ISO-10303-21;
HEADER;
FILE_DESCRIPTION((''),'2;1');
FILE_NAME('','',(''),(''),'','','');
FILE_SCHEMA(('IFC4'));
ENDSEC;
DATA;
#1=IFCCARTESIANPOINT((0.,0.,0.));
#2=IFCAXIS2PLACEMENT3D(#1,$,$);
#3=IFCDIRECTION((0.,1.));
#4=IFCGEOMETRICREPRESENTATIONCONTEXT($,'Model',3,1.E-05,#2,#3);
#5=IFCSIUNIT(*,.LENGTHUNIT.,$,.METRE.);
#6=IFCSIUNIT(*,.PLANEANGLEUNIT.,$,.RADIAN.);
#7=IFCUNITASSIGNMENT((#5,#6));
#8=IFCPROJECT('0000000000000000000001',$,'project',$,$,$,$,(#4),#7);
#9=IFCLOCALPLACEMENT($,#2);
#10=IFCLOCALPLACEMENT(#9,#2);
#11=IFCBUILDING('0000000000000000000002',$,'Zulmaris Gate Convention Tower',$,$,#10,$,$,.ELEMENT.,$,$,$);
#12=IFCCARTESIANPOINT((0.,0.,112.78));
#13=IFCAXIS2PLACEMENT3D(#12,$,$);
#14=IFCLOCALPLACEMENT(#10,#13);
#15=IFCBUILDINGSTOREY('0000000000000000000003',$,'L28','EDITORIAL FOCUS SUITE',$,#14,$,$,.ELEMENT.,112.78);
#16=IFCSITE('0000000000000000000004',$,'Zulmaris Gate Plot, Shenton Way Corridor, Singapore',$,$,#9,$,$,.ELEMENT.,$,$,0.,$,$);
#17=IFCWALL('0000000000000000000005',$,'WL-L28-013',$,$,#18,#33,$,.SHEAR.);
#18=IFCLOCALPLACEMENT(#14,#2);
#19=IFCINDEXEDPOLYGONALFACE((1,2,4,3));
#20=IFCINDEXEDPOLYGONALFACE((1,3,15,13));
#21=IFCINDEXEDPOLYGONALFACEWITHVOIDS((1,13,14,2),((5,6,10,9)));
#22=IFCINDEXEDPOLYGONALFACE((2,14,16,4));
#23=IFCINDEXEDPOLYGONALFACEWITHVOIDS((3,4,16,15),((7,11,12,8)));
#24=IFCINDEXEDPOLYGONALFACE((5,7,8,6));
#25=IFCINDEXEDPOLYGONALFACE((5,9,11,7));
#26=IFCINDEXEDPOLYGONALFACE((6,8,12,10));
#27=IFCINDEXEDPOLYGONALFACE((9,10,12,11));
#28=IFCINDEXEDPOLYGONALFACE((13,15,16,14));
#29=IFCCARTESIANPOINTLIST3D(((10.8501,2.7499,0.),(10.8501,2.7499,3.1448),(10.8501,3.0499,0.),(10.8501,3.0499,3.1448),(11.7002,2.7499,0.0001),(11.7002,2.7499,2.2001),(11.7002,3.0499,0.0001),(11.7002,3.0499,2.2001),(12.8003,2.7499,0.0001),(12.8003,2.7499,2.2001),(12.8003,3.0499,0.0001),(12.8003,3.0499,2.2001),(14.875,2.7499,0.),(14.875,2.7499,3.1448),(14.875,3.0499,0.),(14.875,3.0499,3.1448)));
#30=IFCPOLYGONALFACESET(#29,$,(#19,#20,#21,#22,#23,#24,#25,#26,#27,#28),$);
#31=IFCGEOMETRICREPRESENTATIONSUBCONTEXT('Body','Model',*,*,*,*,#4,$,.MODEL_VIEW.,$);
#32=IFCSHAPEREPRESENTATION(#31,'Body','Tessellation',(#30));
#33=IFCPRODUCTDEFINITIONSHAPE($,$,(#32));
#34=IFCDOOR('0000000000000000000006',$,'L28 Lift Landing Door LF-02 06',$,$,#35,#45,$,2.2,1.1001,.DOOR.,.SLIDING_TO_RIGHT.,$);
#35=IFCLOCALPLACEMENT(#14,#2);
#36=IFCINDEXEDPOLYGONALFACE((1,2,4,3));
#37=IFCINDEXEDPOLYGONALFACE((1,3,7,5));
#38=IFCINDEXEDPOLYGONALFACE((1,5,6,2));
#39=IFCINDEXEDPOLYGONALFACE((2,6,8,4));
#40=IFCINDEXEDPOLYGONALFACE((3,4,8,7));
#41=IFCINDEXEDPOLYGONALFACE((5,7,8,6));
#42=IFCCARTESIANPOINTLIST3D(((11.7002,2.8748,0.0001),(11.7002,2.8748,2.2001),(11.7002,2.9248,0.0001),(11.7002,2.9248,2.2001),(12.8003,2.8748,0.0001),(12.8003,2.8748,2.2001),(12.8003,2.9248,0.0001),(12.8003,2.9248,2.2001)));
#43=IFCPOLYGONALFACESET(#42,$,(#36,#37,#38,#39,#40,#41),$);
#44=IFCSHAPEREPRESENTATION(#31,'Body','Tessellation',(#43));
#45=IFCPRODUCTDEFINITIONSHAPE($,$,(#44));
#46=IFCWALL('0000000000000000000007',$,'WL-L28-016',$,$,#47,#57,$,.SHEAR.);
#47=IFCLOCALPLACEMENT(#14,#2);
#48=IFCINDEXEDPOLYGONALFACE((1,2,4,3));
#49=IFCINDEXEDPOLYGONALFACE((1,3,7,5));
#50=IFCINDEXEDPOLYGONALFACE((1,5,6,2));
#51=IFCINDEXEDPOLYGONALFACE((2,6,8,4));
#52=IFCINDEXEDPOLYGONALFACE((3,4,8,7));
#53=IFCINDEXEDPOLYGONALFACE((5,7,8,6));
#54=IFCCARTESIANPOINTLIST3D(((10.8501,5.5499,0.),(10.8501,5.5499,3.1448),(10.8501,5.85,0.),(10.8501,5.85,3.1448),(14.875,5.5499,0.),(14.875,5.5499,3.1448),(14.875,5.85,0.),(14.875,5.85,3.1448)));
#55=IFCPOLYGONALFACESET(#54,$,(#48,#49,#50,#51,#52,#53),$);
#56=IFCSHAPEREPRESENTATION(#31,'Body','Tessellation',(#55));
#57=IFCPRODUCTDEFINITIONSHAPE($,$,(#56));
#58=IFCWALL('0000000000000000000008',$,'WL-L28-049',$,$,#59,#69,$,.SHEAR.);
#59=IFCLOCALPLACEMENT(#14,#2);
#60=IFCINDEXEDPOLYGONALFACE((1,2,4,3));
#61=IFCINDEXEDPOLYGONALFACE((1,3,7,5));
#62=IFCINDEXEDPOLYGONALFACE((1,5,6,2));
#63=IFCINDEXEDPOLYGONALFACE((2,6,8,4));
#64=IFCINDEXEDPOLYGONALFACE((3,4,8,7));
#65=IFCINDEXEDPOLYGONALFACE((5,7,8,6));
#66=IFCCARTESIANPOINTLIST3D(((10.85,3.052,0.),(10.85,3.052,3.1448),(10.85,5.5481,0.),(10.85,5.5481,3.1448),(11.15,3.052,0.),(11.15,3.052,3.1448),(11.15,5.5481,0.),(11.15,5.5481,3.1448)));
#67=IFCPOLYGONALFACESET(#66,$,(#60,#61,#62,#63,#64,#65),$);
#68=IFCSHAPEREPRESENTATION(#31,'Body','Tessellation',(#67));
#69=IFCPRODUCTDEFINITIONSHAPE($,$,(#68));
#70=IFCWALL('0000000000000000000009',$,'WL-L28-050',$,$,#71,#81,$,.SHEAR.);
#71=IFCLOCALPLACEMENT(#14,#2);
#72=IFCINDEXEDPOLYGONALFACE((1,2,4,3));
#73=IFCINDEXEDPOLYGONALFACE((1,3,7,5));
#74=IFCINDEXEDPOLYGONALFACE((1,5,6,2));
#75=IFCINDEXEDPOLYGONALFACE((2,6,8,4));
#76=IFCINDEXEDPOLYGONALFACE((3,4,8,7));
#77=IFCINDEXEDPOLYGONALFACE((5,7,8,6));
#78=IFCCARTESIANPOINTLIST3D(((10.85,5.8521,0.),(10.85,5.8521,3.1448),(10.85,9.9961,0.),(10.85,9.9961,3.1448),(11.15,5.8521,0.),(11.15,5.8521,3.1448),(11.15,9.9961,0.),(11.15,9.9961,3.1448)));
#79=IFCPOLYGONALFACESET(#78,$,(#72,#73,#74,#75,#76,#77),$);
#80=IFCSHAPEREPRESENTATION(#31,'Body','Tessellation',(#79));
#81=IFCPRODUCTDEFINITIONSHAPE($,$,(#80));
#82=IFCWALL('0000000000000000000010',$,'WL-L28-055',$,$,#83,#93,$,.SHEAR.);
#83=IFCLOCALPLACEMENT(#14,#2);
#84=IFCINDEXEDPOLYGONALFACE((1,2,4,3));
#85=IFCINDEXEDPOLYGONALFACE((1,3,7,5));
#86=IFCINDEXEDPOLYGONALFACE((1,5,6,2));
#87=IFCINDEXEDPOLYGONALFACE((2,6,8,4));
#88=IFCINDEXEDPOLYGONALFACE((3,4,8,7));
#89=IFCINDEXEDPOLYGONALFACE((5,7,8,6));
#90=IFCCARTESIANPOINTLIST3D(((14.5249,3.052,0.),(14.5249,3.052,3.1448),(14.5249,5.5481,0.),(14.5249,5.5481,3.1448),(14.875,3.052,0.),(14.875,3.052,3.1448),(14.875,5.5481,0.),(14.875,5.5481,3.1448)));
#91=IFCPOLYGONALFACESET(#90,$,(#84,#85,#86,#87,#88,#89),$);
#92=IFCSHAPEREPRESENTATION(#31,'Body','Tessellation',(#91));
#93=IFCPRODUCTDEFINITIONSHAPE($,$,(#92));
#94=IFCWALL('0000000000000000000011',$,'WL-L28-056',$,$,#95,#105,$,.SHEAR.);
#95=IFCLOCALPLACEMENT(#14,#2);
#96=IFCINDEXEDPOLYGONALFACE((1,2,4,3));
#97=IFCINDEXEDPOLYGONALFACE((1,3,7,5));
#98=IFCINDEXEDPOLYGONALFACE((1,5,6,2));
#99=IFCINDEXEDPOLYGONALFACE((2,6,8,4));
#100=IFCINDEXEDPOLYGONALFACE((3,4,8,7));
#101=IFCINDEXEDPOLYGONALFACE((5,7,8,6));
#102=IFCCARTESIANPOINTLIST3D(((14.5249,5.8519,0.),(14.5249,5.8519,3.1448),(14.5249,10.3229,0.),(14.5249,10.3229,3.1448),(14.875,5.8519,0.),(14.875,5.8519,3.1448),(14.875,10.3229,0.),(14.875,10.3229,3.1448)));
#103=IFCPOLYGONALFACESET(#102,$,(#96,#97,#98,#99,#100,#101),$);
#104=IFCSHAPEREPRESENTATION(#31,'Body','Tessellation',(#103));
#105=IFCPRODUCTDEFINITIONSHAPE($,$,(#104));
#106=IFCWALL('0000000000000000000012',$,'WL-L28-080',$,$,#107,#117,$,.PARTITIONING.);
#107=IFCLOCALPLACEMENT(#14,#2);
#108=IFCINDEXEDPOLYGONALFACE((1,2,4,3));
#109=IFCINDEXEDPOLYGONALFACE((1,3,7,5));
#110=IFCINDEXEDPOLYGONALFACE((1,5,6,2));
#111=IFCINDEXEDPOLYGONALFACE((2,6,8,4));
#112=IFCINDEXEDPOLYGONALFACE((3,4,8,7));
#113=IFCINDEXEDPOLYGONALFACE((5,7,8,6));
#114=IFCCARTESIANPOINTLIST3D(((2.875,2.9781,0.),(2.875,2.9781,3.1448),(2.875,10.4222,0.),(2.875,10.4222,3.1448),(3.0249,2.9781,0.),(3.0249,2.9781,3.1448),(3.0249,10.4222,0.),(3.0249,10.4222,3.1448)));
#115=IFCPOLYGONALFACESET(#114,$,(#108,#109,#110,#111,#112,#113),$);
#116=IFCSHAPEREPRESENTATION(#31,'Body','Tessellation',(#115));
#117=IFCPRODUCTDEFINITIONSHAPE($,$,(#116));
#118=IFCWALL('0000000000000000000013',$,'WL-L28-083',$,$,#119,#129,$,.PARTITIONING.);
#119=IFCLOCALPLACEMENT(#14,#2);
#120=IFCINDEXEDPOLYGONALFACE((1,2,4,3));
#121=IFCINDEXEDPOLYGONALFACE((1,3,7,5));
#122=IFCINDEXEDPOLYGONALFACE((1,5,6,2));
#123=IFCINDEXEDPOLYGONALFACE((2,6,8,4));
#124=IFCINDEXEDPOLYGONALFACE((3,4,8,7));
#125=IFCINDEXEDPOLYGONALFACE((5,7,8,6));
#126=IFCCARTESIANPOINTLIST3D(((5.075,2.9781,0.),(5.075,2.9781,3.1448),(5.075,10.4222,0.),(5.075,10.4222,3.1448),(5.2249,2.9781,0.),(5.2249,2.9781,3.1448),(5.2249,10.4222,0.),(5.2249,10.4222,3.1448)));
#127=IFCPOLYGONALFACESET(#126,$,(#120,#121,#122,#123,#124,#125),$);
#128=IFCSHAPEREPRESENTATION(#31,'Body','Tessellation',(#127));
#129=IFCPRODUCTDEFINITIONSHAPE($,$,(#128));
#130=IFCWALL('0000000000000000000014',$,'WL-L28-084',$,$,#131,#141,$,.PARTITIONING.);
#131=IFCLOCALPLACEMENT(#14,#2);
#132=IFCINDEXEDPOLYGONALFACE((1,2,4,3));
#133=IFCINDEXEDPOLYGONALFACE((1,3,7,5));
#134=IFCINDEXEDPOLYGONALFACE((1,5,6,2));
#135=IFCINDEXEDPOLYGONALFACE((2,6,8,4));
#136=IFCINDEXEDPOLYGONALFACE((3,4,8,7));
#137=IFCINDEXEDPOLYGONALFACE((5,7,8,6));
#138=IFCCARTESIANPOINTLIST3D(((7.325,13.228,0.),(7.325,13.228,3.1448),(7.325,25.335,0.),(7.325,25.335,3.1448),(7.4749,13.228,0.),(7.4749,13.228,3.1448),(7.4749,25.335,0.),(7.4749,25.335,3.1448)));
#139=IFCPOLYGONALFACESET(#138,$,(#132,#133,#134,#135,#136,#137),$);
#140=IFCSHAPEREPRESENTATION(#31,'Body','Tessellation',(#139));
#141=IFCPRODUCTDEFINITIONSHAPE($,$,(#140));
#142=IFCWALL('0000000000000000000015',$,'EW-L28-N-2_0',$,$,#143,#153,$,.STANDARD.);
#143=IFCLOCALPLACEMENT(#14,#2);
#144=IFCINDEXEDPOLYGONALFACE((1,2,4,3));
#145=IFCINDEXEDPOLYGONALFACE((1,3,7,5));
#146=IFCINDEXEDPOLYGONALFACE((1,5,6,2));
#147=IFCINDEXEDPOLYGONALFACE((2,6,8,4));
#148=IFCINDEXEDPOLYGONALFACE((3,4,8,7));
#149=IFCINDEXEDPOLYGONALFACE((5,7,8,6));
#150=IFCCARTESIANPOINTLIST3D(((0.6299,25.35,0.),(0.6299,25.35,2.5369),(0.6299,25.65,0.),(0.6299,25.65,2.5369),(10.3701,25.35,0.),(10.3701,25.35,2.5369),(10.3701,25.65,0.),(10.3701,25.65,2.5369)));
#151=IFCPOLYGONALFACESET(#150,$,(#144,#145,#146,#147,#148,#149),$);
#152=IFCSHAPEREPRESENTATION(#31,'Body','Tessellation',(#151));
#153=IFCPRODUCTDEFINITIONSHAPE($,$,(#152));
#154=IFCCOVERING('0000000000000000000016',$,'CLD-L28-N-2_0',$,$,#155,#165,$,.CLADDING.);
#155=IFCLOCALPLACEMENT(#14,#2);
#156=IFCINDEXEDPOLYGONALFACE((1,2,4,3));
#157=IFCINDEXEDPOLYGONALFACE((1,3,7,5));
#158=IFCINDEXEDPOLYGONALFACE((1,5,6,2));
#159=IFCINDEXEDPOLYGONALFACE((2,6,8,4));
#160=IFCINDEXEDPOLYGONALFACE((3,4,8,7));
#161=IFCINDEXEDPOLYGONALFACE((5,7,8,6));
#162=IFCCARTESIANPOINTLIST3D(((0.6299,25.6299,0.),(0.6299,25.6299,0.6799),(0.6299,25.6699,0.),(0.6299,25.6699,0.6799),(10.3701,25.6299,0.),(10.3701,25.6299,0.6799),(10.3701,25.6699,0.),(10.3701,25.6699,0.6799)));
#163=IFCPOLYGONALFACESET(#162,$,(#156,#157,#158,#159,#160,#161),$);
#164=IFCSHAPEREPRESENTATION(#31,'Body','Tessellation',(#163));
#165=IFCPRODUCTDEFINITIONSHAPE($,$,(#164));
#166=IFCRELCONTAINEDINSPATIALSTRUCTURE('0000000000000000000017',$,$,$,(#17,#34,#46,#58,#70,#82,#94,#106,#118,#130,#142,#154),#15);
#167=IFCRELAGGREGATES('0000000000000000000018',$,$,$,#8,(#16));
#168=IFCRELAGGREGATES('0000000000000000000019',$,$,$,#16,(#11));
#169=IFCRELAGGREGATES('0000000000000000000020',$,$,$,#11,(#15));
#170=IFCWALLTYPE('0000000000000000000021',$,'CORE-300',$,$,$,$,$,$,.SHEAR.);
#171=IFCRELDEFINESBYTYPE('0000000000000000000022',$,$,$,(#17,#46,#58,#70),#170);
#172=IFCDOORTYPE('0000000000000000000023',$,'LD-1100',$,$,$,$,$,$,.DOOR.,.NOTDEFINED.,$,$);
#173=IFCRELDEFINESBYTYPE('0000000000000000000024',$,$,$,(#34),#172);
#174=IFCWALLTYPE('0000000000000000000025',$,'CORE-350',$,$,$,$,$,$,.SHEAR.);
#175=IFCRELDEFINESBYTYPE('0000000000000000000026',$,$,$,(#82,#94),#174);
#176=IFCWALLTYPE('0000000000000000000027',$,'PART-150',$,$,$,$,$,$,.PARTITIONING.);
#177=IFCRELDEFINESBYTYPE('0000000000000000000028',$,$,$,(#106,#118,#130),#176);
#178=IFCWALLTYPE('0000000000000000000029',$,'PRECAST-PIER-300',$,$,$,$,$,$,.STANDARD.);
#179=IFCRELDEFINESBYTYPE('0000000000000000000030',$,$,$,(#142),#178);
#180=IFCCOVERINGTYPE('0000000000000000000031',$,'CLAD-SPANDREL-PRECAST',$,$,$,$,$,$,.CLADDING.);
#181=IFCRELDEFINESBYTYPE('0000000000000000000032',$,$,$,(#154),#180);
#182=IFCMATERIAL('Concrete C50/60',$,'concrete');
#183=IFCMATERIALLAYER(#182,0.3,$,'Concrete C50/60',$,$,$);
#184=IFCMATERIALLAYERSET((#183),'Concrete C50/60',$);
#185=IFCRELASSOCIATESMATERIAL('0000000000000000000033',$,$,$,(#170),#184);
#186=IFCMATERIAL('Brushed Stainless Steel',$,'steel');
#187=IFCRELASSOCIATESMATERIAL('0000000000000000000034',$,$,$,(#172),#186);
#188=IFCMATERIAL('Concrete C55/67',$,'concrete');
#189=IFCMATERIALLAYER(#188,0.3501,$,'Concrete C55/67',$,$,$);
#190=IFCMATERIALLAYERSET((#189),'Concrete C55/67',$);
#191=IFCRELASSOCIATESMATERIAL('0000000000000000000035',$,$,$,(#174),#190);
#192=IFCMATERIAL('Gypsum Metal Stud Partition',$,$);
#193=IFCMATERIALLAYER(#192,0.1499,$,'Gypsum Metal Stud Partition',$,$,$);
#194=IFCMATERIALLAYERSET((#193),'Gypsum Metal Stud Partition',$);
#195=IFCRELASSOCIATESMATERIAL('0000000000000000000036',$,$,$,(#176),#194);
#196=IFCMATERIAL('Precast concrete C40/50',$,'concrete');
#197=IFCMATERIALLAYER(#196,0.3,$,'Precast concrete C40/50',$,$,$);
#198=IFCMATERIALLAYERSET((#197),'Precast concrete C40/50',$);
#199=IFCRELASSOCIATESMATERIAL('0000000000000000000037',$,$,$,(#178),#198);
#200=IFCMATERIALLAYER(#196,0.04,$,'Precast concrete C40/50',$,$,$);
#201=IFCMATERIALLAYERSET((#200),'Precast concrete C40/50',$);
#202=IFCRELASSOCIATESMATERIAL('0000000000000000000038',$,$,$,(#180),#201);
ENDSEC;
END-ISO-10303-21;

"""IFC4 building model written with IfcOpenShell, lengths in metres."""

from ifc_helpers import new_model, si_unit, direction, frame, frame_2d, origin, place, context, subcontext, project, spatial, rectangle, extrude, material, layer, layer_set, type_object, element, fill, save


model = new_model("IFC4")

# Units and contexts
model_context = context("Model", 3, precision=1e-05, world=origin(), true_north=direction((0.0, 1.0)))
body_context = subcontext(model_context, "Body", "Model", "MODEL_VIEW")
ifc_project = project(units=[si_unit("LENGTHUNIT", "METRE"), si_unit("PLANEANGLEUNIT", "RADIAN")], contexts=[model_context])

# Site, building, storey
site_placement = place(None, origin())
site = spatial("IfcSite", under=ifc_project, at=site_placement, Name="Zulmaris Gate Plot, Shenton Way Corridor, Singapore", CompositionType="ELEMENT", RefElevation=0.0)
building_placement = place(site_placement, origin())
building = spatial("IfcBuilding", under=site, at=building_placement, Name="Zulmaris Gate Convention Tower", CompositionType="ELEMENT")
storey_placement = place(building_placement, frame((0.0, 0.0, 112.78)))
storey = spatial("IfcBuildingStorey", under=building, at=storey_placement, Name="L28", Description="EDITORIAL FOCUS SUITE", CompositionType="ELEMENT", Elevation=112.78)

# Shared definitions
ifc_material_1 = material(Name="Concrete C50/60", Category="concrete")

# Wall, opening, door
ifc_layer_1 = layer(ifc_material_1, 0.3, Name="Concrete C50/60")
ifc_layer_set_1 = layer_set([ifc_layer_1], Name="Concrete C50/60")
wall_type_1 = type_object("IfcWallType", Name="CORE-300", PredefinedType="SHEAR", material=ifc_layer_set_1)
wall_1_placement = place(storey_placement, frame((10.8501, 2.8999, 0.0), z_axis=(0.0, 0.0, 1.0), x_axis=(1.0, 0.0, 0.0)))
wall_1 = element("IfcWall", 1, at=wall_1_placement, inside=storey, type_object=wall_type_1, Name="WL-L28-013", PredefinedType="SHEAR", context=body_context, shape_type="SweptSolid", body=[
    extrude(rectangle(XDim=4.0249, YDim=0.3, at=frame_2d((2.0125, 0.0))), origin(), (0.0, 0.0, 1.0), 3.1448),
])
opening_1_placement = place(wall_1_placement, frame((0.8501, 0.0, 0.0)))
opening_1 = element("IfcOpeningElement", 2, at=opening_1_placement, cuts=wall_1, PredefinedType="OPENING", context=body_context, shape_type="SweptSolid", body=[
    extrude(rectangle(XDim=1.1001, YDim=2.2, at=frame_2d((0.55, 1.1001))), frame((0.0, 0.1602, 0.0), z_axis=(0.0, -1.0, 0.0), x_axis=(1.0, 0.0, 0.0)), (0.0, 0.0, 1.0), 0.3201),
])
ifc_material_2 = material(Name="Brushed Stainless Steel", Category="steel")
door_type_1 = type_object("IfcDoorType", Name="LD-1100", OperationType="NOTDEFINED", PredefinedType="DOOR", material=ifc_material_2)
door_1_placement = place(opening_1_placement, origin())
door_1 = element("IfcDoor", 3, at=door_1_placement, inside=storey, type_object=door_type_1, Name="L28 Lift Landing Door LF-02 06", OperationType="SLIDING_TO_RIGHT", OverallHeight=2.2, OverallWidth=1.1001, PredefinedType="DOOR", context=body_context, shape_type="SweptSolid", body=[
    extrude(rectangle(XDim=1.1001, YDim=2.2, at=frame_2d((0.55, 1.1001))), frame((0.0, 0.0249, 0.0), z_axis=(0.0, -1.0, 0.0), x_axis=(1.0, 0.0, 0.0)), (0.0, 0.0, 1.0), 0.05),
])
fill(opening_1, door_1)

# Wall
wall_2_placement = place(storey_placement, frame((10.8501, 5.7, 0.0), z_axis=(0.0, 0.0, 1.0), x_axis=(1.0, 0.0, 0.0)))
element("IfcWall", 4, at=wall_2_placement, inside=storey, type_object=wall_type_1, Name="WL-L28-016", PredefinedType="SHEAR", context=body_context, shape_type="SweptSolid", body=[
    extrude(rectangle(XDim=4.0249, YDim=0.3, at=frame_2d((2.0125, 0.0))), origin(), (0.0, 0.0, 1.0), 3.1448),
])

# Walls
wall_3_placement = place(storey_placement, frame((11.0, 3.052, 0.0), z_axis=(0.0, 0.0, 1.0), x_axis=(0.0, 1.0, 0.0)))
element("IfcWall", 5, at=wall_3_placement, inside=storey, type_object=wall_type_1, Name="WL-L28-049", PredefinedType="SHEAR", context=body_context, shape_type="SweptSolid", body=[
    extrude(rectangle(XDim=2.4961, YDim=0.3, at=frame_2d((1.248, 0.0))), origin(), (0.0, 0.0, 1.0), 3.1448),
])
wall_4_placement = place(storey_placement, frame((11.0, 5.8521, 0.0), z_axis=(0.0, 0.0, 1.0), x_axis=(0.0, 1.0, 0.0)))
element("IfcWall", 6, at=wall_4_placement, inside=storey, type_object=wall_type_1, Name="WL-L28-050", PredefinedType="SHEAR", context=body_context, shape_type="SweptSolid", body=[
    extrude(rectangle(XDim=4.144, YDim=0.3, at=frame_2d((2.072, 0.0))), origin(), (0.0, 0.0, 1.0), 3.1448),
])
ifc_material_3 = material(Name="Concrete C55/67", Category="concrete")
ifc_layer_2 = layer(ifc_material_3, 0.3501, Name="Concrete C55/67")
ifc_layer_set_2 = layer_set([ifc_layer_2], Name="Concrete C55/67")
wall_type_2 = type_object("IfcWallType", Name="CORE-350", PredefinedType="SHEAR", material=ifc_layer_set_2)
wall_5_placement = place(storey_placement, frame((14.7, 3.052, 0.0), z_axis=(0.0, 0.0, 1.0), x_axis=(0.0, 1.0, 0.0)))
element("IfcWall", 7, at=wall_5_placement, inside=storey, type_object=wall_type_2, Name="WL-L28-055", PredefinedType="SHEAR", context=body_context, shape_type="SweptSolid", body=[
    extrude(rectangle(XDim=2.4961, YDim=0.3501, at=frame_2d((1.248, 0.0))), origin(), (0.0, 0.0, 1.0), 3.1448),
])
wall_6_placement = place(storey_placement, frame((14.7, 5.8521, 0.0), z_axis=(0.0, 0.0, 1.0), x_axis=(0.0, 1.0, 0.0)))
element("IfcWall", 8, at=wall_6_placement, inside=storey, type_object=wall_type_2, Name="WL-L28-056", PredefinedType="SHEAR", context=body_context, shape_type="SweptSolid", body=[
    extrude(rectangle(XDim=4.4709, YDim=0.3501, at=frame_2d((2.2354, 0.0))), origin(), (0.0, 0.0, 1.0), 3.1448),
])
ifc_material_4 = material(Name="Gypsum Metal Stud Partition")
ifc_layer_3 = layer(ifc_material_4, 0.1499, Name="Gypsum Metal Stud Partition")
ifc_layer_set_3 = layer_set([ifc_layer_3], Name="Gypsum Metal Stud Partition")
wall_type_3 = type_object("IfcWallType", Name="PART-150", PredefinedType="PARTITIONING", material=ifc_layer_set_3)
for number, where, z_axis, x_axis, name in (
    (9, (2.95, 2.978, 0.0), (0.0, 0.0, 1.0), (0.0, 1.0, 0.0), "WL-L28-080"),
    (10, (5.1499, 2.978, 0.0), (0.0, 0.0, 1.0), (0.0, 1.0, 0.0), "WL-L28-083"),
):
    element("IfcWall", number, at=place(storey_placement, frame(where, z_axis=z_axis, x_axis=x_axis)), inside=storey, type_object=wall_type_3, Name=name, PredefinedType="PARTITIONING", context=body_context, shape_type="SweptSolid", body=[
        extrude(rectangle(XDim=7.4441, YDim=0.1499, at=frame_2d((3.7222, 0.0))), origin(), (0.0, 0.0, 1.0), 3.1448),
    ])
wall_7_placement = place(storey_placement, frame((7.3999, 13.228, 0.0), z_axis=(0.0, 0.0, 1.0), x_axis=(0.0, 1.0, 0.0)))
element("IfcWall", 11, at=wall_7_placement, inside=storey, type_object=wall_type_3, Name="WL-L28-084", PredefinedType="PARTITIONING", context=body_context, shape_type="SweptSolid", body=[
    extrude(rectangle(XDim=12.1069, YDim=0.1499, at=frame_2d((6.0535, 0.0))), origin(), (0.0, 0.0, 1.0), 3.1448),
])

# Wall
ifc_material_5 = material(Name="Precast concrete C40/50", Category="concrete")
ifc_layer_4 = layer(ifc_material_5, 0.3, Name="Precast concrete C40/50")
ifc_layer_set_4 = layer_set([ifc_layer_4], Name="Precast concrete C40/50")
wall_type_4 = type_object("IfcWallType", Name="PRECAST-PIER-300", PredefinedType="STANDARD", material=ifc_layer_set_4)
wall_8_placement = place(storey_placement, frame((10.3701, 25.5, 0.0), z_axis=(0.0, 0.0, 1.0), x_axis=(-1.0, 0.0, 0.0)))
element("IfcWall", 12, at=wall_8_placement, inside=storey, type_object=wall_type_4, Name="EW-L28-N-2_0", PredefinedType="STANDARD", context=body_context, shape_type="SweptSolid", body=[
    extrude(rectangle(XDim=9.7402, YDim=0.3, at=frame_2d((4.8701, 0.0))), origin(), (0.0, 0.0, 1.0), 2.5369),
])

# Covering
ifc_layer_5 = layer(ifc_material_5, 0.04, Name="Precast concrete C40/50")
ifc_layer_set_5 = layer_set([ifc_layer_5], Name="Precast concrete C40/50")
covering_type = type_object("IfcCoveringType", Name="CLAD-SPANDREL-PRECAST", PredefinedType="CLADDING", material=ifc_layer_set_5)
covering_placement = place(storey_placement, frame((10.3701, 25.6499, 0.0), z_axis=(0.0, 0.0, 1.0), x_axis=(-1.0, 0.0, 0.0)))
element("IfcCovering", 13, at=covering_placement, inside=storey, type_object=covering_type, Name="CLD-L28-N-2_0", PredefinedType="CLADDING", context=body_context, shape_type="SweptSolid", body=[
    extrude(rectangle(XDim=9.7402, YDim=0.04, at=frame_2d((4.8701, 0.0))), origin(), (0.0, 0.0, 1.0), 0.6799),
])

save(model, "model.ifc")
